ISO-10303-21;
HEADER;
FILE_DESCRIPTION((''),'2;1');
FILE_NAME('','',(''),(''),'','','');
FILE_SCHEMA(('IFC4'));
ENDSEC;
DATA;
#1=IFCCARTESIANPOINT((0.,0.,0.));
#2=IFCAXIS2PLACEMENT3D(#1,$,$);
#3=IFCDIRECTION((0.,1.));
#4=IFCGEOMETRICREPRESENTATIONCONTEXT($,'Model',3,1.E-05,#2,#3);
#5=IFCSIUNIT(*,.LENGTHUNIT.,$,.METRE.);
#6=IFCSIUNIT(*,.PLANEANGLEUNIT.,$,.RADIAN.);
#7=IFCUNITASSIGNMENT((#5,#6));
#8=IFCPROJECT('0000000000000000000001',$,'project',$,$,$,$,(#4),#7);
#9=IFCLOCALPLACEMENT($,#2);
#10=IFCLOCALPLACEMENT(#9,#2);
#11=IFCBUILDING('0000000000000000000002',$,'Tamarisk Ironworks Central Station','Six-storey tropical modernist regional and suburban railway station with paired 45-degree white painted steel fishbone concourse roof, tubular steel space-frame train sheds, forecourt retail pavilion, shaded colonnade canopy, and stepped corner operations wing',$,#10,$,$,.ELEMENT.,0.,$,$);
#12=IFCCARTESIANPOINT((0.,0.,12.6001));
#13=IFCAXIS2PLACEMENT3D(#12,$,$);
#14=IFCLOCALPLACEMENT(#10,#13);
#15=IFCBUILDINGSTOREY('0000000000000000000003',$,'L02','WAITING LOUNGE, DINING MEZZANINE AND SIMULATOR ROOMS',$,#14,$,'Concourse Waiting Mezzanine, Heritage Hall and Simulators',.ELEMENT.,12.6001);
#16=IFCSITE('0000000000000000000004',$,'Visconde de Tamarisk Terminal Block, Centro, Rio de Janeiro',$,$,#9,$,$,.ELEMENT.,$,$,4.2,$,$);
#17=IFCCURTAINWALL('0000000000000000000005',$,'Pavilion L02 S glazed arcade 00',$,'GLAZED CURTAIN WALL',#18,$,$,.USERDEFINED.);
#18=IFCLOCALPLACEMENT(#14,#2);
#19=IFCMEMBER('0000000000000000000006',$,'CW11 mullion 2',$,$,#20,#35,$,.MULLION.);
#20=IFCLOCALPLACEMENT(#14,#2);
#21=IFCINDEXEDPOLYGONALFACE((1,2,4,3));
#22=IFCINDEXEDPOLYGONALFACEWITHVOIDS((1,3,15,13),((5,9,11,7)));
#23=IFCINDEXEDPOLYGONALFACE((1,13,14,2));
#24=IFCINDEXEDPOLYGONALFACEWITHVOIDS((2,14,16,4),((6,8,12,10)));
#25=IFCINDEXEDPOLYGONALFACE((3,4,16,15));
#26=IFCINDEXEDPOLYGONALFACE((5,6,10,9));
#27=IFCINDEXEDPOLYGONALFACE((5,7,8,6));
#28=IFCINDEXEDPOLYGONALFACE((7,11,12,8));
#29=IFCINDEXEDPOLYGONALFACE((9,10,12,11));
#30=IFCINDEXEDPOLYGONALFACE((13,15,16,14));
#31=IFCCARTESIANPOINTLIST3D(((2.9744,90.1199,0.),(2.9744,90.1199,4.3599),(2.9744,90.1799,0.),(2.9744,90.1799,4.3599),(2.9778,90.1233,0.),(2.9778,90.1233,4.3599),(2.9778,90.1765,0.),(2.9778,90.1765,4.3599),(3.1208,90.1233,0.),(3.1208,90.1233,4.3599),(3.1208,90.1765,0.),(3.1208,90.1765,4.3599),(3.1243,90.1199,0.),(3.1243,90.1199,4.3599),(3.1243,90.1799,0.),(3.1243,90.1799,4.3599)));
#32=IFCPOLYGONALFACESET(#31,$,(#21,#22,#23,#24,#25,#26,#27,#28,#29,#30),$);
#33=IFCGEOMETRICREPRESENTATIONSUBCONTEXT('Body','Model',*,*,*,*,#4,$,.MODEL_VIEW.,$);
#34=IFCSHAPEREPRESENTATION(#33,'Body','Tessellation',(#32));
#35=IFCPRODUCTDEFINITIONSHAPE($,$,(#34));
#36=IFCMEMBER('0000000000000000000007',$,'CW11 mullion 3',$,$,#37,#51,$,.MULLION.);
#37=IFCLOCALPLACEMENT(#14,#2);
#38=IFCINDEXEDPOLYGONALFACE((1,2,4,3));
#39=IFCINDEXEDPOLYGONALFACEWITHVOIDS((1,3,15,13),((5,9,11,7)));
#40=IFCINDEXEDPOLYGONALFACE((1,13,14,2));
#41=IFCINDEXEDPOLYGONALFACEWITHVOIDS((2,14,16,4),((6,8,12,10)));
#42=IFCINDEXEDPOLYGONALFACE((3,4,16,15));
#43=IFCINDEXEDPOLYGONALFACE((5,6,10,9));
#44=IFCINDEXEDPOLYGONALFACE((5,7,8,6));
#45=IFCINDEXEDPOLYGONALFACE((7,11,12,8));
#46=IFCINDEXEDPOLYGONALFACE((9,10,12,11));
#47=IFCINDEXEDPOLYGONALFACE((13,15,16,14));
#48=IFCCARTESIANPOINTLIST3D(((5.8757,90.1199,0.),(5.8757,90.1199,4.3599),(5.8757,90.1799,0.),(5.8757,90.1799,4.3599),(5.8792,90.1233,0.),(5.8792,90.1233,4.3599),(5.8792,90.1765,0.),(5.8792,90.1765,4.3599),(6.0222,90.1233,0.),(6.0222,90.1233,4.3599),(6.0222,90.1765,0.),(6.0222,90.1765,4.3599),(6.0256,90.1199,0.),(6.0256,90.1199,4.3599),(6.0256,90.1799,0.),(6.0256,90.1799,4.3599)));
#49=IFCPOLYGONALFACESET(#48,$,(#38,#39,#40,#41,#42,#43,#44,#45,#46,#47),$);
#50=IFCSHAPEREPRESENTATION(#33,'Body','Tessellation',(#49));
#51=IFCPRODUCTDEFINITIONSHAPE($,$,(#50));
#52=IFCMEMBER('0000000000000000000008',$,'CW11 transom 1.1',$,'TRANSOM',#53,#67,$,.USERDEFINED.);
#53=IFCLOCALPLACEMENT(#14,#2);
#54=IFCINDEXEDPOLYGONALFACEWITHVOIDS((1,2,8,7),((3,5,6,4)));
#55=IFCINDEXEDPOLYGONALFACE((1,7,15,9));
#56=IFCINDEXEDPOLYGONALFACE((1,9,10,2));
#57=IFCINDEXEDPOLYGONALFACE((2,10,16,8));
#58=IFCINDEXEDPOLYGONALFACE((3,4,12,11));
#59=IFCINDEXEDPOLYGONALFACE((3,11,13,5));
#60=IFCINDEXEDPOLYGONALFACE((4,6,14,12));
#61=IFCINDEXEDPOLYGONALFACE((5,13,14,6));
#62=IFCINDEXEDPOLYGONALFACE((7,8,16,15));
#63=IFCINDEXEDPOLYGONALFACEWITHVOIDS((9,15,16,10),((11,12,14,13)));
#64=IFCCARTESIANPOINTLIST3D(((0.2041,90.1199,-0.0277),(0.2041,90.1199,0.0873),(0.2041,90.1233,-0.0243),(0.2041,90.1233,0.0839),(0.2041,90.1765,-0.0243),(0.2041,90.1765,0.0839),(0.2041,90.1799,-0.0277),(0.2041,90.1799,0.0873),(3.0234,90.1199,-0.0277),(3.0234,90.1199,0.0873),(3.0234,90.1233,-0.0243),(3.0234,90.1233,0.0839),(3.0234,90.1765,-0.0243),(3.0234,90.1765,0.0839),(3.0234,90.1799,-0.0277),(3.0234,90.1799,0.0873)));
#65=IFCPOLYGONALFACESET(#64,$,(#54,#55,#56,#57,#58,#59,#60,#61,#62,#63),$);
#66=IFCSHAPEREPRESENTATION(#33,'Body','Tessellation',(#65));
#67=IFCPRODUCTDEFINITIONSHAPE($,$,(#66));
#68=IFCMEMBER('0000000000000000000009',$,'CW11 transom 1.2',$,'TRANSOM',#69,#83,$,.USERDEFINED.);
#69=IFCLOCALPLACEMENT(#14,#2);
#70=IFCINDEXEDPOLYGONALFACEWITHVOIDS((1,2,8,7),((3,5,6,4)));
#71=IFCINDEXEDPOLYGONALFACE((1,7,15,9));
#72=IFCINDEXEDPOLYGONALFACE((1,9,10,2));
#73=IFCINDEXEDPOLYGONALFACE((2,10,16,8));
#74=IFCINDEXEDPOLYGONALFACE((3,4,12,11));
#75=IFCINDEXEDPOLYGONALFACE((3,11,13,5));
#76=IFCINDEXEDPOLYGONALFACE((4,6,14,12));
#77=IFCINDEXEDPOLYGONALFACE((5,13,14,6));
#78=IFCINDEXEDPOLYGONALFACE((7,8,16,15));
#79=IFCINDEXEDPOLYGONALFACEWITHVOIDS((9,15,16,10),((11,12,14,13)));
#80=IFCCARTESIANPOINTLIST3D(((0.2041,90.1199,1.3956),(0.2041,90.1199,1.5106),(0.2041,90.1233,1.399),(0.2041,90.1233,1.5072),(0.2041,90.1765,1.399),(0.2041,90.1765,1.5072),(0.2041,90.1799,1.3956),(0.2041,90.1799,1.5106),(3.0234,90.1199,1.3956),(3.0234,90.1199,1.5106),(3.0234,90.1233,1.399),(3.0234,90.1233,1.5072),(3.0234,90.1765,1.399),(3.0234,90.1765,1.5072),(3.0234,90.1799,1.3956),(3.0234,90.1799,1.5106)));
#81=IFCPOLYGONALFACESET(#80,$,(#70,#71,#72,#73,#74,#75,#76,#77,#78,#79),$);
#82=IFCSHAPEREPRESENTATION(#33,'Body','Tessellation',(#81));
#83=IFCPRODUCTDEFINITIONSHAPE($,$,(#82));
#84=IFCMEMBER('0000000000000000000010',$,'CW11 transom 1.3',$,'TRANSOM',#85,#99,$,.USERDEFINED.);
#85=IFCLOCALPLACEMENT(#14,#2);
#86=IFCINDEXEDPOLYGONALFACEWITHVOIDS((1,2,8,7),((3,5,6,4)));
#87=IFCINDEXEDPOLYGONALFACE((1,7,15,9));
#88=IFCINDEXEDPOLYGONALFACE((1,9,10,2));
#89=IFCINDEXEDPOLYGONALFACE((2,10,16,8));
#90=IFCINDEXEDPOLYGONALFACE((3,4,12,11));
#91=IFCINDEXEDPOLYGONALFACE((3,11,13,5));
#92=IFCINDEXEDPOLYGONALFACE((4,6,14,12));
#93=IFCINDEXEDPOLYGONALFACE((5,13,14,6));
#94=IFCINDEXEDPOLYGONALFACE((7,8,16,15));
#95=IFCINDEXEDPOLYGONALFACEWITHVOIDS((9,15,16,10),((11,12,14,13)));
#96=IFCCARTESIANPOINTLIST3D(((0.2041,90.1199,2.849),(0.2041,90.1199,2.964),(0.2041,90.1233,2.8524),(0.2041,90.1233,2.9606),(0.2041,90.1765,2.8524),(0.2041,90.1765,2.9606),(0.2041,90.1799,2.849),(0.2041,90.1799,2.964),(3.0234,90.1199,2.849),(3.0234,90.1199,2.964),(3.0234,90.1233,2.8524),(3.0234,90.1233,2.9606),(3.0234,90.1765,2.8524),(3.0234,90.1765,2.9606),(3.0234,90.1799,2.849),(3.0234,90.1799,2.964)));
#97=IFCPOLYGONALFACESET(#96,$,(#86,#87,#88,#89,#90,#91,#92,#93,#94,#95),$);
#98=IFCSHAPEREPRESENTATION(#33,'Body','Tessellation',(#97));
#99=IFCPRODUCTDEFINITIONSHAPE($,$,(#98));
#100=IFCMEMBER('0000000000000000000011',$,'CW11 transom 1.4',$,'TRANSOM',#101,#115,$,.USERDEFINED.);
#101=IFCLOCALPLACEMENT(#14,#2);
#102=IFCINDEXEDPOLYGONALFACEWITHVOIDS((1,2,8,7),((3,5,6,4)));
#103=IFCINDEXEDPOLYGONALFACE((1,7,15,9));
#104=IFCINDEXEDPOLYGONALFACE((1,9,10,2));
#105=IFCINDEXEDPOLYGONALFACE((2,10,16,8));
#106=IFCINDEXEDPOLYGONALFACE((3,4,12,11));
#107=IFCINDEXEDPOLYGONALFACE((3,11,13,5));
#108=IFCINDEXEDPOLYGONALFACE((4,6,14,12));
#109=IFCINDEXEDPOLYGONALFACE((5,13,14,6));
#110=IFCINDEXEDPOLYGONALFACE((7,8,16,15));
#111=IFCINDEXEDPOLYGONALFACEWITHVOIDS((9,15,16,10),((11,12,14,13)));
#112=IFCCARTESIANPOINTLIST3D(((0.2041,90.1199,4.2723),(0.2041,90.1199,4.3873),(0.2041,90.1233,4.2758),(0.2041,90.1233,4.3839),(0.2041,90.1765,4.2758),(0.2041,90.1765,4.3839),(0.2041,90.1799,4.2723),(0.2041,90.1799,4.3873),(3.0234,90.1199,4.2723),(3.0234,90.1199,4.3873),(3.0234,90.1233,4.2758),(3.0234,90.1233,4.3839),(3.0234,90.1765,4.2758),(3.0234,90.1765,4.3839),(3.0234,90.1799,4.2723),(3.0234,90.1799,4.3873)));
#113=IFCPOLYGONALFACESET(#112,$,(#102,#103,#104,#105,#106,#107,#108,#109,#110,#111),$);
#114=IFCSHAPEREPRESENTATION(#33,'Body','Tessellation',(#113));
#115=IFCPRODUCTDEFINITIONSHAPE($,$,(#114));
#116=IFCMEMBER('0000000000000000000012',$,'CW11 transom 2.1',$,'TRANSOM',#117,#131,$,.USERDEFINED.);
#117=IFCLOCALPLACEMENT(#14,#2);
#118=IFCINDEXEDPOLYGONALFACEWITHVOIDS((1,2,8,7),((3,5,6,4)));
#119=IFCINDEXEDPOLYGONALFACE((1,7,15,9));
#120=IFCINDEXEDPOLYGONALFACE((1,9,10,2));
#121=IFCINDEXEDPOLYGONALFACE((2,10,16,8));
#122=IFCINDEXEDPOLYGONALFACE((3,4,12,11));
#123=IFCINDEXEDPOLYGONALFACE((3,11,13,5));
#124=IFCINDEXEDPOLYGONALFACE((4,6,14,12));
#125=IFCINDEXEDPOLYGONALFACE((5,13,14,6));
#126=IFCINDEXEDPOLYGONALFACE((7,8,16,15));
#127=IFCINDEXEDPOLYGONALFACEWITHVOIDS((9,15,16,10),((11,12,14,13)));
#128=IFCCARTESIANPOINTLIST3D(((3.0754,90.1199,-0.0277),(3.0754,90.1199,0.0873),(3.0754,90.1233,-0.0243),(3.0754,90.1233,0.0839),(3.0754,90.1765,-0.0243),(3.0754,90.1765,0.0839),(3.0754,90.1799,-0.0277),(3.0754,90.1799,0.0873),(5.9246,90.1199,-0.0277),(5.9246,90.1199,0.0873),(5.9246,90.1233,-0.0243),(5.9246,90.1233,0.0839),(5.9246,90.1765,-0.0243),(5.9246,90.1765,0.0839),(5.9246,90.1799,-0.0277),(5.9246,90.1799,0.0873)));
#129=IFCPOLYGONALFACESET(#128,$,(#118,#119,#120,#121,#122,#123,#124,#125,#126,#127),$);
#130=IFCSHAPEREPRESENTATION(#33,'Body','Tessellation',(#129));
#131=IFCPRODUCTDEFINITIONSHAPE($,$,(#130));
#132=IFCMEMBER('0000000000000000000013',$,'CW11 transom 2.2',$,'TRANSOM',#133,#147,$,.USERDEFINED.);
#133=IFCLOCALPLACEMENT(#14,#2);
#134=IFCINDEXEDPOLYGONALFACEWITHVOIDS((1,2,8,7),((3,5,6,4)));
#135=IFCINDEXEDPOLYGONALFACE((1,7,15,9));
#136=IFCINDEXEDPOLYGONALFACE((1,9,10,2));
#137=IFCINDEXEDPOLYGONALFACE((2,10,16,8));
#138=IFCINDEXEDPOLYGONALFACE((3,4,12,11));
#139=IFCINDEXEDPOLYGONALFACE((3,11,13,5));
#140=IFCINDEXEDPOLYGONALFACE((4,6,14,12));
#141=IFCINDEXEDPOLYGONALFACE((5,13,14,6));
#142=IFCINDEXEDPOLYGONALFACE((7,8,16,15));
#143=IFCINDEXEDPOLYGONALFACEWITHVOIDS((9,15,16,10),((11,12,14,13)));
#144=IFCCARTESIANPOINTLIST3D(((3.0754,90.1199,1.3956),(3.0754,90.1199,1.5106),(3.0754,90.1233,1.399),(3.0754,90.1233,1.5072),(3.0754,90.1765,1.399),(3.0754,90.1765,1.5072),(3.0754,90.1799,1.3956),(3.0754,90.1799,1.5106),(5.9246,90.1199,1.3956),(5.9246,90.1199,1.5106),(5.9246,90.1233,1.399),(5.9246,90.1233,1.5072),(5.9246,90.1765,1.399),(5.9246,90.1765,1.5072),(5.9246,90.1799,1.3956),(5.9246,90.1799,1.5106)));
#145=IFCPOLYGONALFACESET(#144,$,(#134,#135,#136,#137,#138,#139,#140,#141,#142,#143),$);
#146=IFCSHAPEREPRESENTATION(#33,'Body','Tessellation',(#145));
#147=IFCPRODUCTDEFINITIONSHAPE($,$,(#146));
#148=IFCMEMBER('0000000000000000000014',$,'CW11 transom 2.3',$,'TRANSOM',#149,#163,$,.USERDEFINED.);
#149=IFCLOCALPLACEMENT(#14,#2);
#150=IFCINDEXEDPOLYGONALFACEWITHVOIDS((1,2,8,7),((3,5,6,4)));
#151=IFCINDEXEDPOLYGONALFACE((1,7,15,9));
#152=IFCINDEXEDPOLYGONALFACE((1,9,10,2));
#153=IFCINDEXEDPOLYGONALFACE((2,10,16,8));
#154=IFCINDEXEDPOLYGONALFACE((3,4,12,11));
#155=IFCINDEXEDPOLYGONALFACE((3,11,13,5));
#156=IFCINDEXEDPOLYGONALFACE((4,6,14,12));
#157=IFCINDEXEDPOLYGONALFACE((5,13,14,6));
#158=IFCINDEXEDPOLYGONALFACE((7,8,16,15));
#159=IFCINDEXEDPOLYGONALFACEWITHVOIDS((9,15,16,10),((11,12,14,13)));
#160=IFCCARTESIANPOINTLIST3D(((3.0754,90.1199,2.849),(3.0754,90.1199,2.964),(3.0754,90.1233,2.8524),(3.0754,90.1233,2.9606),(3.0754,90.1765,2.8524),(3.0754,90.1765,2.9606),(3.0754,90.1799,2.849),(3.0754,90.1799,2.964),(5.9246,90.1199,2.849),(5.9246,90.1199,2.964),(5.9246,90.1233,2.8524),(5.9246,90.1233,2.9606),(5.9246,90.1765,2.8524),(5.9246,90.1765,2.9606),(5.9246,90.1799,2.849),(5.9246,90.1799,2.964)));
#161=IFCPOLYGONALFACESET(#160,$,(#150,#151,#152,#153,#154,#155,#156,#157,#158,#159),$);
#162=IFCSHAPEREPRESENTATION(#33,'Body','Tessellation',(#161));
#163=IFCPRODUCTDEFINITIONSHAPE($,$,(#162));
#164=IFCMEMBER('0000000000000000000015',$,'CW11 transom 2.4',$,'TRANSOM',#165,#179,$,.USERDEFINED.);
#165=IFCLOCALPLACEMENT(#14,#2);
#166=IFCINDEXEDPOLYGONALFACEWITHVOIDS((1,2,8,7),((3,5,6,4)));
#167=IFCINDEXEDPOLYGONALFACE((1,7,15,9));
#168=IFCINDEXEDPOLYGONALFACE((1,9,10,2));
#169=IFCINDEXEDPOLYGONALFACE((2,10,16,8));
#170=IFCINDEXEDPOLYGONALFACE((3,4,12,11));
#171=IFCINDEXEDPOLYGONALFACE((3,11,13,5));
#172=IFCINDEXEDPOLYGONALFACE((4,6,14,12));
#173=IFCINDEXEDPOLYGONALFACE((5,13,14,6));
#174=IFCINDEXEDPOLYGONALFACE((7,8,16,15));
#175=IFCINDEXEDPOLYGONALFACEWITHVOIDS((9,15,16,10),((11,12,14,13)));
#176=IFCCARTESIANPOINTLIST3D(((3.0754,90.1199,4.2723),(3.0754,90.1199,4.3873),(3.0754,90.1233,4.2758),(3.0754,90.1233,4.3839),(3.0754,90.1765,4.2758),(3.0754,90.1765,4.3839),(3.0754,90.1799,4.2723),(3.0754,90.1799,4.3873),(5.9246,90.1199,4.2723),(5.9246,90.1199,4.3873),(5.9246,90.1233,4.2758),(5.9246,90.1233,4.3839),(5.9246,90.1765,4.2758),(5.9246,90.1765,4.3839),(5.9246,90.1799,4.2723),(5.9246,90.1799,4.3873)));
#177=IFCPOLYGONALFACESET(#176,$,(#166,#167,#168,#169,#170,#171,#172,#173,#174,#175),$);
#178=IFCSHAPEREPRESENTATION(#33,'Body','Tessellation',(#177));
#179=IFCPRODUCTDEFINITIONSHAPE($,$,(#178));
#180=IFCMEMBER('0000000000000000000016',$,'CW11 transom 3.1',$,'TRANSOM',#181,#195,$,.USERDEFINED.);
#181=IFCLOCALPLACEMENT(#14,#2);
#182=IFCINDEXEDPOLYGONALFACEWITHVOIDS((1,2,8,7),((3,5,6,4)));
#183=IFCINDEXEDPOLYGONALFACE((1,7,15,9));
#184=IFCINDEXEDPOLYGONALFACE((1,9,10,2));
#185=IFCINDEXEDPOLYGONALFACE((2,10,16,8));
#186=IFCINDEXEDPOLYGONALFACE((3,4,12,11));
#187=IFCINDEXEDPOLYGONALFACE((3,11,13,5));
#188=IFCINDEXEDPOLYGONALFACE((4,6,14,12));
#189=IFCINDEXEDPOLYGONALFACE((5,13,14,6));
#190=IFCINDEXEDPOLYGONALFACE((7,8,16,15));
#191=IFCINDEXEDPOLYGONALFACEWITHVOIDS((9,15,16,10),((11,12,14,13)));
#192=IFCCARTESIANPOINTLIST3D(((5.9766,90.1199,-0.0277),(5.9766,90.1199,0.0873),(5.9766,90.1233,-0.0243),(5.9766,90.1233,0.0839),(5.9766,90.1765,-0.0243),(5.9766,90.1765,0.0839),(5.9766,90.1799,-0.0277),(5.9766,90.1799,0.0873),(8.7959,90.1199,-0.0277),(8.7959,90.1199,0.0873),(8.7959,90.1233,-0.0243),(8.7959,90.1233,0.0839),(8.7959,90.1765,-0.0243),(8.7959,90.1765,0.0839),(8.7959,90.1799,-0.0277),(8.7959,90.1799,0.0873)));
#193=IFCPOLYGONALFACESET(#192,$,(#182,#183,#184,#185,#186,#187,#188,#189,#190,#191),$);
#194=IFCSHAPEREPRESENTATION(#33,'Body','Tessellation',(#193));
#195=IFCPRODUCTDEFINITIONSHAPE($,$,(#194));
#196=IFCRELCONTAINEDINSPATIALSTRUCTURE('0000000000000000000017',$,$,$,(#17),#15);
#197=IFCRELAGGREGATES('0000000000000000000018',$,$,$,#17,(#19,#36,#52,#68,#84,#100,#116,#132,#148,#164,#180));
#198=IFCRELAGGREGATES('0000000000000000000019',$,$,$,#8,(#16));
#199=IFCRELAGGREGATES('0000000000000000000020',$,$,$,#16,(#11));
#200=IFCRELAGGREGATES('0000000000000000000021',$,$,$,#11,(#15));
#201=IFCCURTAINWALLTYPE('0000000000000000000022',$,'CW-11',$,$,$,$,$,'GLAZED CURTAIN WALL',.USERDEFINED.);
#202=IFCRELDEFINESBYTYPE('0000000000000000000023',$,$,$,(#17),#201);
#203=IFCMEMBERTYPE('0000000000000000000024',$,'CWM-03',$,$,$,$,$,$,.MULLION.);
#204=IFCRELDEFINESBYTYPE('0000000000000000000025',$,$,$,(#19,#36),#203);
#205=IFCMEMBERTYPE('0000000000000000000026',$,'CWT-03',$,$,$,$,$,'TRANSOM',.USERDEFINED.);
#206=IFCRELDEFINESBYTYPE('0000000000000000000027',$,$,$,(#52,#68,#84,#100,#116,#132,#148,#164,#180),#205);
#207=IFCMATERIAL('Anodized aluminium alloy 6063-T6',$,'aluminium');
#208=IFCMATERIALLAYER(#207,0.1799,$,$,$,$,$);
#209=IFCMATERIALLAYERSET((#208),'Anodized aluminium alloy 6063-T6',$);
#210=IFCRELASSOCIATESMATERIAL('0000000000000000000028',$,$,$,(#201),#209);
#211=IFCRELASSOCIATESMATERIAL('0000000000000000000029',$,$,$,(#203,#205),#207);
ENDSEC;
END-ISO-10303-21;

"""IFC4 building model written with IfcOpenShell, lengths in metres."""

from ifc_helpers import new_model, si_unit, direction, frame, origin, origin_2d, place, context, subcontext, project, spatial, hollow_rectangle, extrude, material, layer, layer_set, material_profile, profile_set, type_object, element, aggregate, save


model = new_model("IFC4")

# Units and contexts
model_context = context("Model", 3, precision=1e-05, world=origin(), true_north=direction((0.0, 1.0)))
body_context = subcontext(model_context, "Body", "Model", "MODEL_VIEW")
ifc_project = project(units=[si_unit("LENGTHUNIT", "METRE"), si_unit("PLANEANGLEUNIT", "RADIAN")], contexts=[model_context])

# Site, building, storey
site_placement = place(None, origin())
site = spatial("IfcSite", under=ifc_project, at=site_placement, Name="Visconde de Tamarisk Terminal Block, Centro, Rio de Janeiro", CompositionType="ELEMENT", RefElevation=4.2)
building_placement = place(site_placement, origin())
building = spatial("IfcBuilding", under=site, at=building_placement, Name="Tamarisk Ironworks Central Station", Description="Six-storey tropical modernist regional and suburban railway station with paired 45-degree white painted steel fishbone concourse roof, tubular steel space-frame train sheds, forecourt retail pavilion, shaded colonnade canopy, and stepped corner operations wing", CompositionType="ELEMENT", ElevationOfRefHeight=0.0)
storey_placement = place(building_placement, frame((0.0, 0.0, 12.6001)))
storey = spatial("IfcBuildingStorey", under=building, at=storey_placement, Name="L02", Description="WAITING LOUNGE, DINING MEZZANINE AND SIMULATOR ROOMS", LongName="Concourse Waiting Mezzanine, Heritage Hall and Simulators", CompositionType="ELEMENT", Elevation=12.6001)

# Curtain wall, members
ifc_material_1 = material(Name="Anodized aluminium alloy 6063-T6", Category="aluminium")
ifc_layer_1 = layer(ifc_material_1, 0.1799)
ifc_layer_set_1 = layer_set([ifc_layer_1], Name="Anodized aluminium alloy 6063-T6")
curtain_wall_type = type_object("IfcCurtainWallType", Name="CW-11", ElementType="GLAZED CURTAIN WALL", PredefinedType="USERDEFINED", material=ifc_layer_set_1)
curtain_wall_placement = place(storey_placement, origin())
curtain_wall = element("IfcCurtainWall", 1, at=curtain_wall_placement, inside=storey, type_object=curtain_wall_type, Name="Pavilion L02 S glazed arcade 00", ObjectType="GLAZED CURTAIN WALL", PredefinedType="USERDEFINED")
ifc_material_profile_1 = material_profile(ifc_material_1, hollow_rectangle(XDim=0.0601, YDim=0.1499, WallThickness=0.0034, at=origin_2d()), Name="ALUM 150x60")
ifc_profile_set_1 = profile_set([ifc_material_profile_1], Name="Anodized aluminium alloy 6063-T6")
member_type_1 = type_object("IfcMemberType", Name="CWM-03", PredefinedType="MULLION", material=ifc_profile_set_1)
member_1_placement = place(storey_placement, frame((3.0493, 90.1499, 0.0), z_axis=(0.0, 0.0, 1.0), x_axis=(0.0, 1.0, 0.0)))
member_1 = element("IfcMember", 2, at=member_1_placement, type_object=member_type_1, Name="CW11 mullion 2", PredefinedType="MULLION", context=body_context, shape_type="SweptSolid", body=[
    extrude(hollow_rectangle(XDim=0.0601, YDim=0.1499, WallThickness=0.0034, at=origin_2d()), origin(), (0.0, 0.0, 1.0), 4.3599),
])
member_2_placement = place(storey_placement, frame((5.9507, 90.1499, 0.0), z_axis=(0.0, 0.0, 1.0), x_axis=(0.0, 1.0, 0.0)))
member_2 = element("IfcMember", 3, at=member_2_placement, type_object=member_type_1, Name="CW11 mullion 3", PredefinedType="MULLION", context=body_context, shape_type="SweptSolid", body=[
    extrude(hollow_rectangle(XDim=0.0601, YDim=0.1499, WallThickness=0.0034, at=origin_2d()), origin(), (0.0, 0.0, 1.0), 4.3599),
])
ifc_material_profile_2 = material_profile(ifc_material_1, hollow_rectangle(XDim=0.0601, YDim=0.115, WallThickness=0.0034, at=origin_2d()), Name="ALUM 115x60")
ifc_profile_set_2 = profile_set([ifc_material_profile_2], Name="Anodized aluminium alloy 6063-T6")
member_type_2 = type_object("IfcMemberType", Name="CWT-03", ElementType="TRANSOM", PredefinedType="USERDEFINED", material=ifc_profile_set_2)
member_3_placement = place(storey_placement, frame((0.2041, 90.1499, 0.0298), z_axis=(1.0, 0.0, 0.0), x_axis=(0.0, 1.0, 0.0)))
member_3 = element("IfcMember", 4, at=member_3_placement, type_object=member_type_2, Name="CW11 transom 1.1", ObjectType="TRANSOM", PredefinedType="USERDEFINED", context=body_context, shape_type="SweptSolid", body=[
    extrude(hollow_rectangle(XDim=0.0601, YDim=0.115, WallThickness=0.0034, at=origin_2d()), origin(), (0.0, 0.0, 1.0), 2.8193),
])
member_4_placement = place(storey_placement, frame((0.2041, 90.1499, 1.4531), z_axis=(1.0, 0.0, 0.0), x_axis=(0.0, 1.0, 0.0)))
member_4 = element("IfcMember", 5, at=member_4_placement, type_object=member_type_2, Name="CW11 transom 1.2", ObjectType="TRANSOM", PredefinedType="USERDEFINED", context=body_context, shape_type="SweptSolid", body=[
    extrude(hollow_rectangle(XDim=0.0601, YDim=0.115, WallThickness=0.0034, at=origin_2d()), origin(), (0.0, 0.0, 1.0), 2.8193),
])
member_5_placement = place(storey_placement, frame((0.2041, 90.1499, 2.9065), z_axis=(1.0, 0.0, 0.0), x_axis=(0.0, 1.0, 0.0)))
member_5 = element("IfcMember", 6, at=member_5_placement, type_object=member_type_2, Name="CW11 transom 1.3", ObjectType="TRANSOM", PredefinedType="USERDEFINED", context=body_context, shape_type="SweptSolid", body=[
    extrude(hollow_rectangle(XDim=0.0601, YDim=0.115, WallThickness=0.0034, at=origin_2d()), origin(), (0.0, 0.0, 1.0), 2.8193),
])
member_6_placement = place(storey_placement, frame((0.2041, 90.1499, 4.3298), z_axis=(1.0, 0.0, 0.0), x_axis=(0.0, 1.0, 0.0)))
member_6 = element("IfcMember", 7, at=member_6_placement, type_object=member_type_2, Name="CW11 transom 1.4", ObjectType="TRANSOM", PredefinedType="USERDEFINED", context=body_context, shape_type="SweptSolid", body=[
    extrude(hollow_rectangle(XDim=0.0601, YDim=0.115, WallThickness=0.0034, at=origin_2d()), origin(), (0.0, 0.0, 1.0), 2.8193),
])
member_7_placement = place(storey_placement, frame((3.0754, 90.1499, 0.0298), z_axis=(1.0, 0.0, 0.0), x_axis=(0.0, 1.0, 0.0)))
member_7 = element("IfcMember", 8, at=member_7_placement, type_object=member_type_2, Name="CW11 transom 2.1", ObjectType="TRANSOM", PredefinedType="USERDEFINED", context=body_context, shape_type="SweptSolid", body=[
    extrude(hollow_rectangle(XDim=0.0601, YDim=0.115, WallThickness=0.0034, at=origin_2d()), origin(), (0.0, 0.0, 1.0), 2.8491),
])
member_8_placement = place(storey_placement, frame((3.0754, 90.1499, 1.4531), z_axis=(1.0, 0.0, 0.0), x_axis=(0.0, 1.0, 0.0)))
member_8 = element("IfcMember", 9, at=member_8_placement, type_object=member_type_2, Name="CW11 transom 2.2", ObjectType="TRANSOM", PredefinedType="USERDEFINED", context=body_context, shape_type="SweptSolid", body=[
    extrude(hollow_rectangle(XDim=0.0601, YDim=0.115, WallThickness=0.0034, at=origin_2d()), origin(), (0.0, 0.0, 1.0), 2.8491),
])
member_9_placement = place(storey_placement, frame((3.0754, 90.1499, 2.9065), z_axis=(1.0, 0.0, 0.0), x_axis=(0.0, 1.0, 0.0)))
member_9 = element("IfcMember", 10, at=member_9_placement, type_object=member_type_2, Name="CW11 transom 2.3", ObjectType="TRANSOM", PredefinedType="USERDEFINED", context=body_context, shape_type="SweptSolid", body=[
    extrude(hollow_rectangle(XDim=0.0601, YDim=0.115, WallThickness=0.0034, at=origin_2d()), origin(), (0.0, 0.0, 1.0), 2.8491),
])
member_10_placement = place(storey_placement, frame((3.0754, 90.1499, 4.3298), z_axis=(1.0, 0.0, 0.0), x_axis=(0.0, 1.0, 0.0)))
member_10 = element("IfcMember", 11, at=member_10_placement, type_object=member_type_2, Name="CW11 transom 2.4", ObjectType="TRANSOM", PredefinedType="USERDEFINED", context=body_context, shape_type="SweptSolid", body=[
    extrude(hollow_rectangle(XDim=0.0601, YDim=0.115, WallThickness=0.0034, at=origin_2d()), origin(), (0.0, 0.0, 1.0), 2.8491),
])
member_11_placement = place(storey_placement, frame((5.9766, 90.1499, 0.0298), z_axis=(1.0, 0.0, 0.0), x_axis=(0.0, 1.0, 0.0)))
member_11 = element("IfcMember", 12, at=member_11_placement, type_object=member_type_2, Name="CW11 transom 3.1", ObjectType="TRANSOM", PredefinedType="USERDEFINED", context=body_context, shape_type="SweptSolid", body=[
    extrude(hollow_rectangle(XDim=0.0601, YDim=0.115, WallThickness=0.0034, at=origin_2d()), origin(), (0.0, 0.0, 1.0), 2.8193),
])
aggregate(curtain_wall, [member_1, member_2, member_3, member_4, member_5, member_6, member_7, member_8, member_9, member_10, member_11])

save(model, "model.ifc")
